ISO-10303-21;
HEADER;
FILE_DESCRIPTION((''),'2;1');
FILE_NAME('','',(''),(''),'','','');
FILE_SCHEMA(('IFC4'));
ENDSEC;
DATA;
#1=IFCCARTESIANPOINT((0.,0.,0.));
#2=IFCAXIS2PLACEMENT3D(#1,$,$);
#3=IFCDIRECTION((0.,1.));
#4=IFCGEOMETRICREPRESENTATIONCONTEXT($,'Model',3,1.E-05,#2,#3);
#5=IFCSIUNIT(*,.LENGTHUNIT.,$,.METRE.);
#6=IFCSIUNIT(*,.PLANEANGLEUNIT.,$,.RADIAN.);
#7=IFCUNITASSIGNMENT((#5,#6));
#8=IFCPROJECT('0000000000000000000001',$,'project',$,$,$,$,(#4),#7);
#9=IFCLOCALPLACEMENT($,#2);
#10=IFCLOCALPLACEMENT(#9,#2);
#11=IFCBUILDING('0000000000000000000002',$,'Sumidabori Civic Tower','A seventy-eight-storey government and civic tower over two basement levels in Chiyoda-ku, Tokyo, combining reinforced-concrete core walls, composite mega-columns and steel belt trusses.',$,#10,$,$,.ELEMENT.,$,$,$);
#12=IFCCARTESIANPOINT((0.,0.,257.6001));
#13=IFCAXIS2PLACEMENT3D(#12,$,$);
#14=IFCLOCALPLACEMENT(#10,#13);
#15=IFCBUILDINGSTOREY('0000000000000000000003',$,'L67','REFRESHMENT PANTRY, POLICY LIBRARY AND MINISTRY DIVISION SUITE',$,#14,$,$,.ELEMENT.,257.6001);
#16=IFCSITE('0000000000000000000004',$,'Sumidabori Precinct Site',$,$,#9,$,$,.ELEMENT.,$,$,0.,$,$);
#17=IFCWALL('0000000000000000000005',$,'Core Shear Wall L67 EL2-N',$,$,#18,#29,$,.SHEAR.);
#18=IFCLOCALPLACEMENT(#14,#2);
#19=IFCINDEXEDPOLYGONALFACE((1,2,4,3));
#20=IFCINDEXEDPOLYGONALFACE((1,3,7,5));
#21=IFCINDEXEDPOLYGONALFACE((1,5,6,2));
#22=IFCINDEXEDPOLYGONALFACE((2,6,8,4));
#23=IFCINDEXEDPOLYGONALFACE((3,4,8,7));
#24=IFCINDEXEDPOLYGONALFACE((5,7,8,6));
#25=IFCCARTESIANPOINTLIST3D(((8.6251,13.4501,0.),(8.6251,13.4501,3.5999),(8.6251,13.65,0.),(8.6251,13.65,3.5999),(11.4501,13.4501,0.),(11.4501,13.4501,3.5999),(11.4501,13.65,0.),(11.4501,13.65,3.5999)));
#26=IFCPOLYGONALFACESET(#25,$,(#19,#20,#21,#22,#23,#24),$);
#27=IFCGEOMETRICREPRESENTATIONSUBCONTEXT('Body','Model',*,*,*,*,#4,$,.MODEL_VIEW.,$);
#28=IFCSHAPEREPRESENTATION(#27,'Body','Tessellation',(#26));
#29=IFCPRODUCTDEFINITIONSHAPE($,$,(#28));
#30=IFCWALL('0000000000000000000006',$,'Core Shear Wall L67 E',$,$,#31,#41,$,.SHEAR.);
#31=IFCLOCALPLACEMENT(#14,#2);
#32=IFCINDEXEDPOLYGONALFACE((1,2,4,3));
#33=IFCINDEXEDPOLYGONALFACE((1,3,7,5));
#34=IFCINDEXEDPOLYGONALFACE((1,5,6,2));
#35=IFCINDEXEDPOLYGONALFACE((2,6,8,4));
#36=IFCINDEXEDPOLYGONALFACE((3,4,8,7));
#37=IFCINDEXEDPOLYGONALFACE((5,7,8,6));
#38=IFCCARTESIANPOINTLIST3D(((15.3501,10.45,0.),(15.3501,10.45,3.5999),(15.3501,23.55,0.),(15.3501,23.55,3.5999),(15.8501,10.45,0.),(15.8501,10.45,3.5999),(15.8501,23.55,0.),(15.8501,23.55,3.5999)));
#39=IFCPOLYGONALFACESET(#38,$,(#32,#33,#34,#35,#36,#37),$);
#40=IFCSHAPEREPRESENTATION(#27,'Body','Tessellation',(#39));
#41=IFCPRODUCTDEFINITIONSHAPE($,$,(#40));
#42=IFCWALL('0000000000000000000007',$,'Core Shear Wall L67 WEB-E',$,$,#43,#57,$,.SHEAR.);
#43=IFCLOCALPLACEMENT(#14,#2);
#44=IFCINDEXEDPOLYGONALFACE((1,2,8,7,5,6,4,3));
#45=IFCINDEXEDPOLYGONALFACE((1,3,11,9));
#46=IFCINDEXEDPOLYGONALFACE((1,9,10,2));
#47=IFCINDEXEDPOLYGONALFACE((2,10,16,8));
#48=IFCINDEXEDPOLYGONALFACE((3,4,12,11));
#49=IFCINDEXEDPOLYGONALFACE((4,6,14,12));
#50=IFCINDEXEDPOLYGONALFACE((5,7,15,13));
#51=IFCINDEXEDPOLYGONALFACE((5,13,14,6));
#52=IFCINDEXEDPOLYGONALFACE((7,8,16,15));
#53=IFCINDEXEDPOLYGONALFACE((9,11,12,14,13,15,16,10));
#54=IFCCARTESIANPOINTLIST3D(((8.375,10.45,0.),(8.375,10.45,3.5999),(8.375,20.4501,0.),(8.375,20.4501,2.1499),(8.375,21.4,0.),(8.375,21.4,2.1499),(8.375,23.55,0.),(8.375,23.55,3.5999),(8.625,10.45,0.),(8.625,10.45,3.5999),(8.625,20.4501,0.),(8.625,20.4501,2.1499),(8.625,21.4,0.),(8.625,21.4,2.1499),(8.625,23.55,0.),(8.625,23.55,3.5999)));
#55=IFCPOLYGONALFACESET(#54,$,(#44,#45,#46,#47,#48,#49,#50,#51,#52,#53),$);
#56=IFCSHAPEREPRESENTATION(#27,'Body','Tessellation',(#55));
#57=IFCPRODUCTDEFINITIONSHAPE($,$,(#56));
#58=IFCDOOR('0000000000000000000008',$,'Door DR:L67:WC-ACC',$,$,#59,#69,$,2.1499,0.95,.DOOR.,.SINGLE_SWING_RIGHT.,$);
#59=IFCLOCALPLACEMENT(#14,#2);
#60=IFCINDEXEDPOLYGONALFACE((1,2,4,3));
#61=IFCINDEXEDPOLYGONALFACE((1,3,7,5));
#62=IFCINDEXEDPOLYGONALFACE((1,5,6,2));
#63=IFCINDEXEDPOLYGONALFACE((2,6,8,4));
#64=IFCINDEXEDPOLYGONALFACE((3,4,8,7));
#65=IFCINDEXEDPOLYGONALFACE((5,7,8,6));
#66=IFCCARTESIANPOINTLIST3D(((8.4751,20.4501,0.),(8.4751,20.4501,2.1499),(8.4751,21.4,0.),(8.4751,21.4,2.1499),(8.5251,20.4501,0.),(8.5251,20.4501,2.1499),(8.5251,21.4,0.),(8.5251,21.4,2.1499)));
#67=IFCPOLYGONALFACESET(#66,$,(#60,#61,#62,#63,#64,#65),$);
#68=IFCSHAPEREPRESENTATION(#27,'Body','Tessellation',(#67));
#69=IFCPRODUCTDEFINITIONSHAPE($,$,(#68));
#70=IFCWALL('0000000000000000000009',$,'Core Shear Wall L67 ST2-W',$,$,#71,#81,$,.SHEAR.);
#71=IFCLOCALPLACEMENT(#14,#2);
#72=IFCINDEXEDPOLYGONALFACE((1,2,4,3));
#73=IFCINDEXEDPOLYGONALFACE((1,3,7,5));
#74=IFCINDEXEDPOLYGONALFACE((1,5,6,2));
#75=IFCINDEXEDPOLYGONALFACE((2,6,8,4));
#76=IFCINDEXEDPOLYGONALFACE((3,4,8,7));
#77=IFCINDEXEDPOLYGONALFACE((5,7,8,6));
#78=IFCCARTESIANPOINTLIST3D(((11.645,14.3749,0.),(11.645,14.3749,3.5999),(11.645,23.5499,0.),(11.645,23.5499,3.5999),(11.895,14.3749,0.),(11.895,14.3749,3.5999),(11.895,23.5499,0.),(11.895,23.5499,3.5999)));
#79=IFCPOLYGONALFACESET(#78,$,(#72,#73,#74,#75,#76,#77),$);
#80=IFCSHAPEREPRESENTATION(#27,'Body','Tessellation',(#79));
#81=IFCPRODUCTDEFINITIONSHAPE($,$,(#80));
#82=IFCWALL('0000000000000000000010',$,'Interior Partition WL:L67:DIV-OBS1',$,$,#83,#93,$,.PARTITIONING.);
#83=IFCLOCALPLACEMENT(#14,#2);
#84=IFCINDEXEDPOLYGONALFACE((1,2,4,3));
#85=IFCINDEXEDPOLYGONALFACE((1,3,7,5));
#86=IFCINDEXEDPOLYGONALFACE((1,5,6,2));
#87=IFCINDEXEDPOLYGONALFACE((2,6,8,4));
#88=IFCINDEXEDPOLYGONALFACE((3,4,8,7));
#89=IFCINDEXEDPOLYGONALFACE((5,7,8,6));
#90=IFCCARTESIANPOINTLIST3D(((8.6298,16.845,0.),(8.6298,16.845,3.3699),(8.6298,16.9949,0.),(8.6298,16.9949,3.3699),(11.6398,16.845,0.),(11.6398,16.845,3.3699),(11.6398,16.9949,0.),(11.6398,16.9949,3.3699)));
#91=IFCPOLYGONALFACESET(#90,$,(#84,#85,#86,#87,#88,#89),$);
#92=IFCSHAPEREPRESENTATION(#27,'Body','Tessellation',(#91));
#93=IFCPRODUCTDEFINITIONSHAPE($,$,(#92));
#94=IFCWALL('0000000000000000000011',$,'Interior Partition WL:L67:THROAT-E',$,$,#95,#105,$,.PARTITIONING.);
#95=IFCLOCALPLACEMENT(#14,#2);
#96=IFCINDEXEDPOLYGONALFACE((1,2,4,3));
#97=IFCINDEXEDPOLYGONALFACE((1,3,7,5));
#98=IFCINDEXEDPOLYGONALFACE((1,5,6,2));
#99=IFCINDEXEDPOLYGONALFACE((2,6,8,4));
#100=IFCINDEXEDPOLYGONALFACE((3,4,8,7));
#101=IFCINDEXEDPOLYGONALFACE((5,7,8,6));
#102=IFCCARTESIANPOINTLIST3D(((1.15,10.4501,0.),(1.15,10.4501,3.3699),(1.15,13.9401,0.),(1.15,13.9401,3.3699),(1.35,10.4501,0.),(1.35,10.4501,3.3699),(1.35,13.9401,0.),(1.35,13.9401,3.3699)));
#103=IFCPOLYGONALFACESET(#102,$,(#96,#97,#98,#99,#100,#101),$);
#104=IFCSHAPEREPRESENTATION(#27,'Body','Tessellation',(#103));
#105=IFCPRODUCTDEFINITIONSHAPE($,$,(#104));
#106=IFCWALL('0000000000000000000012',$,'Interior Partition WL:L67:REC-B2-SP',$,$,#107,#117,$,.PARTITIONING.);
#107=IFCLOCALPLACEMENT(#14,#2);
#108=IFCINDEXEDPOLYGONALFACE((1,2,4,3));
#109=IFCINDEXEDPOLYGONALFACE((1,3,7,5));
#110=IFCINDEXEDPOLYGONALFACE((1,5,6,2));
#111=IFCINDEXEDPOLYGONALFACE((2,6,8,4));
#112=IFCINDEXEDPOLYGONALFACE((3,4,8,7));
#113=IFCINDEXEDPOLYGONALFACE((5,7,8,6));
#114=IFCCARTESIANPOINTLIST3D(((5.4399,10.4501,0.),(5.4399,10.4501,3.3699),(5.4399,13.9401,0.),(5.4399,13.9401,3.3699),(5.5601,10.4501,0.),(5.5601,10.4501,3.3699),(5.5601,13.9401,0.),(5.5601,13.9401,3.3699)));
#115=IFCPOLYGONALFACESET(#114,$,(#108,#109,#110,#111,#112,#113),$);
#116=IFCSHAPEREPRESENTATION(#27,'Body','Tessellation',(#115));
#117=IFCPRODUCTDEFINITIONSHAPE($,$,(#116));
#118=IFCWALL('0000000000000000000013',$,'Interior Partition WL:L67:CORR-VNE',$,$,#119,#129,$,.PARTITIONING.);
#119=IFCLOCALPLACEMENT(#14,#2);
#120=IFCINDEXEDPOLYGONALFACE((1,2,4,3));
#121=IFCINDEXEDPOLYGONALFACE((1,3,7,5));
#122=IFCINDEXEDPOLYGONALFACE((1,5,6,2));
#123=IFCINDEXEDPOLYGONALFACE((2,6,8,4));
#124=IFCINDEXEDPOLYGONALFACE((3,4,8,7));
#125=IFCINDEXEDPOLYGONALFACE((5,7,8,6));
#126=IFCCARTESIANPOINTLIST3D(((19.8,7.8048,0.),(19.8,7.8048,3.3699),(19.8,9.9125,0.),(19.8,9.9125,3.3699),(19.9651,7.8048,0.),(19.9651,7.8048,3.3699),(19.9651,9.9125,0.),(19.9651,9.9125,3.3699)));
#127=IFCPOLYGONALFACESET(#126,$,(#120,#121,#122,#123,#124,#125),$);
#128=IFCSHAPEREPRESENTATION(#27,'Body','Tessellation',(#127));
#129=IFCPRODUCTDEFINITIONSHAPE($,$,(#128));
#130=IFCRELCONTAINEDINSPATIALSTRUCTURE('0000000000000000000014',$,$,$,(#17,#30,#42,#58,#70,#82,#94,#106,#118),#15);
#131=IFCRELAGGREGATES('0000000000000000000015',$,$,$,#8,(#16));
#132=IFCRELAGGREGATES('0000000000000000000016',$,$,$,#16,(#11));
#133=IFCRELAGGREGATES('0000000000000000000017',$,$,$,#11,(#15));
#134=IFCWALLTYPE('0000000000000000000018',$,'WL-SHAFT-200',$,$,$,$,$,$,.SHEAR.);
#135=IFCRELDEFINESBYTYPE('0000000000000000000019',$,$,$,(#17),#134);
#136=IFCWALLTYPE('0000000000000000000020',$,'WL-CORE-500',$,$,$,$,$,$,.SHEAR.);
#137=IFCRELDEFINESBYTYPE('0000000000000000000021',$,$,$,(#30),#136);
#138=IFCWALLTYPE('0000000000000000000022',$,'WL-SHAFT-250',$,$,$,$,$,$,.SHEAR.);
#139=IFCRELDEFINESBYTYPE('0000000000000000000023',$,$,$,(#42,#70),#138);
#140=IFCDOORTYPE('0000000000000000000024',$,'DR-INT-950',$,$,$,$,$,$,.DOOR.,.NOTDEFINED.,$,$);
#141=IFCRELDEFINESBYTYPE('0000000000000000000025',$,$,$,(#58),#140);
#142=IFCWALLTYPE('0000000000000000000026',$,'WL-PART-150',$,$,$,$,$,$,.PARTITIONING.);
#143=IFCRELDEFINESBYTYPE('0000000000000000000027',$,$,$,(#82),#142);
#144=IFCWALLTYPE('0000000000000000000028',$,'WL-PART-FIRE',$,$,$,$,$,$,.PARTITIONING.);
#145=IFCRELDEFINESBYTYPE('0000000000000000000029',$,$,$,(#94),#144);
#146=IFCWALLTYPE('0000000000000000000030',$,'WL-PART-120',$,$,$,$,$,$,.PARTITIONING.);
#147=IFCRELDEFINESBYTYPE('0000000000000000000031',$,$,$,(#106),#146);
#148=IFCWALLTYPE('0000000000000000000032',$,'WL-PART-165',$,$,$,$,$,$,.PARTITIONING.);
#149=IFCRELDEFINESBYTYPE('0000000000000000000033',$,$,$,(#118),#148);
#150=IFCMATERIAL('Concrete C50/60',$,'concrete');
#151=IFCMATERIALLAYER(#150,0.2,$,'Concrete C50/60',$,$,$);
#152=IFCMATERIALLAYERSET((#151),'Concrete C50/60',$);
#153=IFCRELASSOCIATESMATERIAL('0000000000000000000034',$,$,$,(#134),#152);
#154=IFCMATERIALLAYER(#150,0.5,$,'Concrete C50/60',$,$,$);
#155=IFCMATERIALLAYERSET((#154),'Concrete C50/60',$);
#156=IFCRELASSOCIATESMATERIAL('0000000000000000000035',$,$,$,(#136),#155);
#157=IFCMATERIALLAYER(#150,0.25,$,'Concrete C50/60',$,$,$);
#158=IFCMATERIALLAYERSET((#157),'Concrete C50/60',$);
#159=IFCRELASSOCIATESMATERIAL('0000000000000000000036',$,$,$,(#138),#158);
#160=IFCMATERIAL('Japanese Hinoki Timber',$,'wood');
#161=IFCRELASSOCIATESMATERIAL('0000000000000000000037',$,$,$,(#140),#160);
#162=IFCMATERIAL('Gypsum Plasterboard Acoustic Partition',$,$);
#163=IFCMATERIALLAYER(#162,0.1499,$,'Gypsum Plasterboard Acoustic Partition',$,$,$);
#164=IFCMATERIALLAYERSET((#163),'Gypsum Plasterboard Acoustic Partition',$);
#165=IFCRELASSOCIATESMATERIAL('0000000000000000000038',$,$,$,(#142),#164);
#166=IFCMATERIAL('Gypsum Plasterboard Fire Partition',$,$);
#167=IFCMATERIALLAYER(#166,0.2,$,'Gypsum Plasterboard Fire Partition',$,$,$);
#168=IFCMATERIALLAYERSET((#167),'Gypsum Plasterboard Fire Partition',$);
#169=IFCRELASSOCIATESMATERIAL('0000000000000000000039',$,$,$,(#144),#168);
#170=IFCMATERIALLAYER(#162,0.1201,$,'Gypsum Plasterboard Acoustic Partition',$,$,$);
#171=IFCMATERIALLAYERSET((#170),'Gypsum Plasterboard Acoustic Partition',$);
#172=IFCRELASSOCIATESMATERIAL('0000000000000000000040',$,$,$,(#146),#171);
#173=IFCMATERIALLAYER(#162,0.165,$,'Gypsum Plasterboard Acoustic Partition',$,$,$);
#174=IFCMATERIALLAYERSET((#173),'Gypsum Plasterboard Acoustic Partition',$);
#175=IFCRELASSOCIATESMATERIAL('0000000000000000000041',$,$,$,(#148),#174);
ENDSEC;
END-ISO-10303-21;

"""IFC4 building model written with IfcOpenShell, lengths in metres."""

from ifc_helpers import new_model, si_unit, direction, frame, frame_2d, origin, place, context, subcontext, project, spatial, rectangle, extrude, source, transform, mapped, material, layer, layer_set, type_object, element, fill, save


model = new_model("IFC4")

# Units and contexts
model_context = context("Model", 3, precision=1e-05, world=origin(), true_north=direction((0.0, 1.0)))
body_context = subcontext(model_context, "Body", "Model", "MODEL_VIEW")
ifc_project = project(units=[si_unit("LENGTHUNIT", "METRE"), si_unit("PLANEANGLEUNIT", "RADIAN")], contexts=[model_context])

# Site, building, storey
site_placement = place(None, origin())
site = spatial("IfcSite", under=ifc_project, at=site_placement, Name="Sumidabori Precinct Site", CompositionType="ELEMENT", RefElevation=0.0)
building_placement = place(site_placement, origin())
building = spatial("IfcBuilding", under=site, at=building_placement, Name="Sumidabori Civic Tower", Description="A seventy-eight-storey government and civic tower over two basement levels in Chiyoda-ku, Tokyo, combining reinforced-concrete core walls, composite mega-columns and steel belt trusses.", CompositionType="ELEMENT")
storey_placement = place(building_placement, frame((0.0, 0.0, 257.6001)))
storey = spatial("IfcBuildingStorey", under=building, at=storey_placement, Name="L67", Description="REFRESHMENT PANTRY, POLICY LIBRARY AND MINISTRY DIVISION SUITE", CompositionType="ELEMENT", Elevation=257.6001)

# Walls
ifc_material_1 = material(Name="Concrete C50/60", Category="concrete")
ifc_layer_1 = layer(ifc_material_1, 0.2, Name="Concrete C50/60")
ifc_layer_set_1 = layer_set([ifc_layer_1], Name="Concrete C50/60")
wall_type_1 = type_object("IfcWallType", Name="WL-SHAFT-200", PredefinedType="SHEAR", material=ifc_layer_set_1)
shared_shape_1 = source(origin(), body_context, "Body", "SweptSolid", [
    extrude(rectangle(XDim=2.825, YDim=0.2, at=frame_2d((1.4126, 0.0))), origin(), (0.0, 0.0, 1.0), 3.5999),
])
wall_1_placement = place(storey_placement, frame((8.625, 13.55, 0.0), z_axis=(0.0, 0.0, 1.0), x_axis=(1.0, 0.0, 0.0)))
element("IfcWall", 1, at=wall_1_placement, inside=storey, type_object=wall_type_1, Name="Core Shear Wall L67 EL2-N", PredefinedType="SHEAR", context=body_context, shape_type="MappedRepresentation", body=[
    mapped(shared_shape_1, transform((0.0, 0.0, 0.0), x_axis=(1.0, 0.0, 0.0), y_axis=(0.0, 1.0, 0.0), z_axis=(0.0, 0.0, 1.0), scale=1.0)),
])
ifc_layer_2 = layer(ifc_material_1, 0.5, Name="Concrete C50/60")
ifc_layer_set_2 = layer_set([ifc_layer_2], Name="Concrete C50/60")
wall_type_2 = type_object("IfcWallType", Name="WL-CORE-500", PredefinedType="SHEAR", material=ifc_layer_set_2)
shared_shape_2 = source(origin(), body_context, "Body", "SweptSolid", [
    extrude(rectangle(XDim=13.1001, YDim=0.5, at=frame_2d((6.55, 0.0))), origin(), (0.0, 0.0, 1.0), 3.5999),
])
wall_2_placement = place(storey_placement, frame((15.6001, 10.45, 0.0), z_axis=(0.0, 0.0, 1.0), x_axis=(0.0, 1.0, 0.0)))
element("IfcWall", 2, at=wall_2_placement, inside=storey, type_object=wall_type_2, Name="Core Shear Wall L67 E", PredefinedType="SHEAR", context=body_context, shape_type="MappedRepresentation", body=[
    mapped(shared_shape_2, transform((0.0, 0.0, 0.0), x_axis=(1.0, 0.0, 0.0), y_axis=(0.0, 1.0, 0.0), z_axis=(0.0, 0.0, 1.0), scale=1.0)),
])

# Wall, opening, door
ifc_layer_3 = layer(ifc_material_1, 0.25, Name="Concrete C50/60")
ifc_layer_set_3 = layer_set([ifc_layer_3], Name="Concrete C50/60")
wall_type_3 = type_object("IfcWallType", Name="WL-SHAFT-250", PredefinedType="SHEAR", material=ifc_layer_set_3)
shared_shape_3 = source(origin(), body_context, "Body", "SweptSolid", [
    extrude(rectangle(XDim=13.1001, YDim=0.25, at=frame_2d((6.55, 0.0))), origin(), (0.0, 0.0, 1.0), 3.5999),
])
wall_3_placement = place(storey_placement, frame((8.5, 10.45, 0.0), z_axis=(0.0, 0.0, 1.0), x_axis=(0.0, 1.0, 0.0)))
wall_3 = element("IfcWall", 3, at=wall_3_placement, inside=storey, type_object=wall_type_3, Name="Core Shear Wall L67 WEB-E", PredefinedType="SHEAR", context=body_context, shape_type="MappedRepresentation", body=[
    mapped(shared_shape_3, transform((0.0, 0.0, 0.0), x_axis=(1.0, 0.0, 0.0), y_axis=(0.0, 1.0, 0.0), z_axis=(0.0, 0.0, 1.0), scale=1.0)),
])
opening_1_placement = place(wall_3_placement, frame((10.0, 0.0, 0.0)))
opening_1 = element("IfcOpeningElement", 4, at=opening_1_placement, cuts=wall_3, PredefinedType="OPENING", context=body_context, shape_type="SweptSolid", body=[
    extrude(rectangle(XDim=0.95, YDim=2.1499, at=frame_2d((0.4751, 1.075))), frame((0.0, 0.137, 0.0), z_axis=(0.0, -1.0, 0.0), x_axis=(1.0, 0.0, 0.0)), (0.0, 0.0, 1.0), 0.2739),
])
ifc_material_2 = material(Name="Japanese Hinoki Timber", Category="wood")
door_type_1 = type_object("IfcDoorType", Name="DR-INT-950", OperationType="NOTDEFINED", PredefinedType="DOOR", material=ifc_material_2)
shared_shape_4 = source(origin(), body_context, "Body", "SweptSolid", [
    extrude(rectangle(XDim=0.95, YDim=2.1499, at=frame_2d((0.4751, 1.075))), frame((0.0, 0.0249, 0.0), z_axis=(0.0, -1.0, 0.0), x_axis=(1.0, 0.0, 0.0)), (0.0, 0.0, 1.0), 0.05),
])
door_1_placement = place(opening_1_placement, origin())
door_1 = element("IfcDoor", 5, at=door_1_placement, inside=storey, type_object=door_type_1, Name="Door DR:L67:WC-ACC", OperationType="SINGLE_SWING_RIGHT", OverallHeight=2.1499, OverallWidth=0.95, PredefinedType="DOOR", context=body_context, shape_type="MappedRepresentation", body=[
    mapped(shared_shape_4, transform((0.0, 0.0, 0.0), x_axis=(1.0, 0.0, 0.0), y_axis=(0.0, 1.0, 0.0), z_axis=(0.0, 0.0, 1.0), scale=1.0)),
])
fill(opening_1, door_1)

# Wall
shared_shape_5 = source(origin(), body_context, "Body", "SweptSolid", [
    extrude(rectangle(XDim=9.175, YDim=0.25, at=frame_2d((4.5874, 0.0))), origin(), (0.0, 0.0, 1.0), 3.5999),
])
wall_4_placement = place(storey_placement, frame((11.77, 14.375, 0.0), z_axis=(0.0, 0.0, 1.0), x_axis=(0.0, 1.0, 0.0)))
element("IfcWall", 6, at=wall_4_placement, inside=storey, type_object=wall_type_3, Name="Core Shear Wall L67 ST2-W", PredefinedType="SHEAR", context=body_context, shape_type="MappedRepresentation", body=[
    mapped(shared_shape_5, transform((0.0, 0.0, 0.0), x_axis=(1.0, 0.0, 0.0), y_axis=(0.0, 1.0, 0.0), z_axis=(0.0, 0.0, 1.0), scale=1.0)),
])

# Wall
ifc_material_3 = material(Name="Gypsum Plasterboard Acoustic Partition")
ifc_layer_4 = layer(ifc_material_3, 0.1499, Name="Gypsum Plasterboard Acoustic Partition")
ifc_layer_set_4 = layer_set([ifc_layer_4], Name="Gypsum Plasterboard Acoustic Partition")
wall_type_4 = type_object("IfcWallType", Name="WL-PART-150", PredefinedType="PARTITIONING", material=ifc_layer_set_4)
shared_shape_6 = source(origin(), body_context, "Body", "SweptSolid", [
    extrude(rectangle(XDim=3.01, YDim=0.1499, at=frame_2d((1.5049, 0.0))), origin(), (0.0, 0.0, 1.0), 3.3699),
])
wall_5_placement = place(storey_placement, frame((8.6299, 16.9199, 0.0), z_axis=(0.0, 0.0, 1.0), x_axis=(1.0, 0.0, 0.0)))
element("IfcWall", 7, at=wall_5_placement, inside=storey, type_object=wall_type_4, Name="Interior Partition WL:L67:DIV-OBS1", PredefinedType="PARTITIONING", context=body_context, shape_type="MappedRepresentation", body=[
    mapped(shared_shape_6, transform((0.0, 0.0, 0.0), x_axis=(1.0, 0.0, 0.0), y_axis=(0.0, 1.0, 0.0), z_axis=(0.0, 0.0, 1.0), scale=1.0)),
])

# Shared definitions
ifc_material_4 = material(Name="Gypsum Plasterboard Fire Partition")
ifc_layer_5 = layer(ifc_material_4, 0.2, Name="Gypsum Plasterboard Fire Partition")
ifc_layer_set_5 = layer_set([ifc_layer_5], Name="Gypsum Plasterboard Fire Partition")
wall_type_5 = type_object("IfcWallType", Name="WL-PART-FIRE", PredefinedType="PARTITIONING", material=ifc_layer_set_5)

# Walls
shared_shape_7 = source(origin(), body_context, "Body", "SweptSolid", [
    extrude(rectangle(XDim=3.49, YDim=0.2, at=frame_2d((1.7451, 0.0))), origin(), (0.0, 0.0, 1.0), 3.3699),
])
wall_6_placement = place(storey_placement, frame((1.25, 10.45, 0.0), z_axis=(0.0, 0.0, 1.0), x_axis=(0.0, 1.0, 0.0)))
element("IfcWall", 8, at=wall_6_placement, inside=storey, type_object=wall_type_5, Name="Interior Partition WL:L67:THROAT-E", PredefinedType="PARTITIONING", context=body_context, shape_type="MappedRepresentation", body=[
    mapped(shared_shape_7, transform((0.0, 0.0, 0.0), x_axis=(1.0, 0.0, 0.0), y_axis=(0.0, 1.0, 0.0), z_axis=(0.0, 0.0, 1.0), scale=1.0)),
])
ifc_layer_6 = layer(ifc_material_3, 0.1201, Name="Gypsum Plasterboard Acoustic Partition")
ifc_layer_set_6 = layer_set([ifc_layer_6], Name="Gypsum Plasterboard Acoustic Partition")
wall_type_6 = type_object("IfcWallType", Name="WL-PART-120", PredefinedType="PARTITIONING", material=ifc_layer_set_6)
shared_shape_8 = source(origin(), body_context, "Body", "SweptSolid", [
    extrude(rectangle(XDim=3.49, YDim=0.1201, at=frame_2d((1.7451, 0.0))), origin(), (0.0, 0.0, 1.0), 3.3699),
])
wall_7_placement = place(storey_placement, frame((5.5, 10.45, 0.0), z_axis=(0.0, 0.0, 1.0), x_axis=(0.0, 1.0, 0.0)))
element("IfcWall", 9, at=wall_7_placement, inside=storey, type_object=wall_type_6, Name="Interior Partition WL:L67:REC-B2-SP", PredefinedType="PARTITIONING", context=body_context, shape_type="MappedRepresentation", body=[
    mapped(shared_shape_8, transform((0.0, 0.0, 0.0), x_axis=(1.0, 0.0, 0.0), y_axis=(0.0, 1.0, 0.0), z_axis=(0.0, 0.0, 1.0), scale=1.0)),
])

# Shared definitions
ifc_layer_7 = layer(ifc_material_3, 0.165, Name="Gypsum Plasterboard Acoustic Partition")
ifc_layer_set_7 = layer_set([ifc_layer_7], Name="Gypsum Plasterboard Acoustic Partition")
wall_type_7 = type_object("IfcWallType", Name="WL-PART-165", PredefinedType="PARTITIONING", material=ifc_layer_set_7)

# Wall
shared_shape_9 = source(origin(), body_context, "Body", "SweptSolid", [
    extrude(rectangle(XDim=2.1077, YDim=0.165, at=frame_2d((1.0537, 0.0))), origin(), (0.0, 0.0, 1.0), 3.3699),
])
wall_8_placement = place(storey_placement, frame((19.8826, 7.8049, 0.0), z_axis=(0.0, 0.0, 1.0), x_axis=(0.0, 1.0, 0.0)))
element("IfcWall", 10, at=wall_8_placement, inside=storey, type_object=wall_type_7, Name="Interior Partition WL:L67:CORR-VNE", PredefinedType="PARTITIONING", context=body_context, shape_type="MappedRepresentation", body=[
    mapped(shared_shape_9, transform((0.0, 0.0, 0.0), x_axis=(1.0, 0.0, 0.0), y_axis=(0.0, 1.0, 0.0), z_axis=(0.0, 0.0, 1.0), scale=1.0)),
])

save(model, "model.ifc")
